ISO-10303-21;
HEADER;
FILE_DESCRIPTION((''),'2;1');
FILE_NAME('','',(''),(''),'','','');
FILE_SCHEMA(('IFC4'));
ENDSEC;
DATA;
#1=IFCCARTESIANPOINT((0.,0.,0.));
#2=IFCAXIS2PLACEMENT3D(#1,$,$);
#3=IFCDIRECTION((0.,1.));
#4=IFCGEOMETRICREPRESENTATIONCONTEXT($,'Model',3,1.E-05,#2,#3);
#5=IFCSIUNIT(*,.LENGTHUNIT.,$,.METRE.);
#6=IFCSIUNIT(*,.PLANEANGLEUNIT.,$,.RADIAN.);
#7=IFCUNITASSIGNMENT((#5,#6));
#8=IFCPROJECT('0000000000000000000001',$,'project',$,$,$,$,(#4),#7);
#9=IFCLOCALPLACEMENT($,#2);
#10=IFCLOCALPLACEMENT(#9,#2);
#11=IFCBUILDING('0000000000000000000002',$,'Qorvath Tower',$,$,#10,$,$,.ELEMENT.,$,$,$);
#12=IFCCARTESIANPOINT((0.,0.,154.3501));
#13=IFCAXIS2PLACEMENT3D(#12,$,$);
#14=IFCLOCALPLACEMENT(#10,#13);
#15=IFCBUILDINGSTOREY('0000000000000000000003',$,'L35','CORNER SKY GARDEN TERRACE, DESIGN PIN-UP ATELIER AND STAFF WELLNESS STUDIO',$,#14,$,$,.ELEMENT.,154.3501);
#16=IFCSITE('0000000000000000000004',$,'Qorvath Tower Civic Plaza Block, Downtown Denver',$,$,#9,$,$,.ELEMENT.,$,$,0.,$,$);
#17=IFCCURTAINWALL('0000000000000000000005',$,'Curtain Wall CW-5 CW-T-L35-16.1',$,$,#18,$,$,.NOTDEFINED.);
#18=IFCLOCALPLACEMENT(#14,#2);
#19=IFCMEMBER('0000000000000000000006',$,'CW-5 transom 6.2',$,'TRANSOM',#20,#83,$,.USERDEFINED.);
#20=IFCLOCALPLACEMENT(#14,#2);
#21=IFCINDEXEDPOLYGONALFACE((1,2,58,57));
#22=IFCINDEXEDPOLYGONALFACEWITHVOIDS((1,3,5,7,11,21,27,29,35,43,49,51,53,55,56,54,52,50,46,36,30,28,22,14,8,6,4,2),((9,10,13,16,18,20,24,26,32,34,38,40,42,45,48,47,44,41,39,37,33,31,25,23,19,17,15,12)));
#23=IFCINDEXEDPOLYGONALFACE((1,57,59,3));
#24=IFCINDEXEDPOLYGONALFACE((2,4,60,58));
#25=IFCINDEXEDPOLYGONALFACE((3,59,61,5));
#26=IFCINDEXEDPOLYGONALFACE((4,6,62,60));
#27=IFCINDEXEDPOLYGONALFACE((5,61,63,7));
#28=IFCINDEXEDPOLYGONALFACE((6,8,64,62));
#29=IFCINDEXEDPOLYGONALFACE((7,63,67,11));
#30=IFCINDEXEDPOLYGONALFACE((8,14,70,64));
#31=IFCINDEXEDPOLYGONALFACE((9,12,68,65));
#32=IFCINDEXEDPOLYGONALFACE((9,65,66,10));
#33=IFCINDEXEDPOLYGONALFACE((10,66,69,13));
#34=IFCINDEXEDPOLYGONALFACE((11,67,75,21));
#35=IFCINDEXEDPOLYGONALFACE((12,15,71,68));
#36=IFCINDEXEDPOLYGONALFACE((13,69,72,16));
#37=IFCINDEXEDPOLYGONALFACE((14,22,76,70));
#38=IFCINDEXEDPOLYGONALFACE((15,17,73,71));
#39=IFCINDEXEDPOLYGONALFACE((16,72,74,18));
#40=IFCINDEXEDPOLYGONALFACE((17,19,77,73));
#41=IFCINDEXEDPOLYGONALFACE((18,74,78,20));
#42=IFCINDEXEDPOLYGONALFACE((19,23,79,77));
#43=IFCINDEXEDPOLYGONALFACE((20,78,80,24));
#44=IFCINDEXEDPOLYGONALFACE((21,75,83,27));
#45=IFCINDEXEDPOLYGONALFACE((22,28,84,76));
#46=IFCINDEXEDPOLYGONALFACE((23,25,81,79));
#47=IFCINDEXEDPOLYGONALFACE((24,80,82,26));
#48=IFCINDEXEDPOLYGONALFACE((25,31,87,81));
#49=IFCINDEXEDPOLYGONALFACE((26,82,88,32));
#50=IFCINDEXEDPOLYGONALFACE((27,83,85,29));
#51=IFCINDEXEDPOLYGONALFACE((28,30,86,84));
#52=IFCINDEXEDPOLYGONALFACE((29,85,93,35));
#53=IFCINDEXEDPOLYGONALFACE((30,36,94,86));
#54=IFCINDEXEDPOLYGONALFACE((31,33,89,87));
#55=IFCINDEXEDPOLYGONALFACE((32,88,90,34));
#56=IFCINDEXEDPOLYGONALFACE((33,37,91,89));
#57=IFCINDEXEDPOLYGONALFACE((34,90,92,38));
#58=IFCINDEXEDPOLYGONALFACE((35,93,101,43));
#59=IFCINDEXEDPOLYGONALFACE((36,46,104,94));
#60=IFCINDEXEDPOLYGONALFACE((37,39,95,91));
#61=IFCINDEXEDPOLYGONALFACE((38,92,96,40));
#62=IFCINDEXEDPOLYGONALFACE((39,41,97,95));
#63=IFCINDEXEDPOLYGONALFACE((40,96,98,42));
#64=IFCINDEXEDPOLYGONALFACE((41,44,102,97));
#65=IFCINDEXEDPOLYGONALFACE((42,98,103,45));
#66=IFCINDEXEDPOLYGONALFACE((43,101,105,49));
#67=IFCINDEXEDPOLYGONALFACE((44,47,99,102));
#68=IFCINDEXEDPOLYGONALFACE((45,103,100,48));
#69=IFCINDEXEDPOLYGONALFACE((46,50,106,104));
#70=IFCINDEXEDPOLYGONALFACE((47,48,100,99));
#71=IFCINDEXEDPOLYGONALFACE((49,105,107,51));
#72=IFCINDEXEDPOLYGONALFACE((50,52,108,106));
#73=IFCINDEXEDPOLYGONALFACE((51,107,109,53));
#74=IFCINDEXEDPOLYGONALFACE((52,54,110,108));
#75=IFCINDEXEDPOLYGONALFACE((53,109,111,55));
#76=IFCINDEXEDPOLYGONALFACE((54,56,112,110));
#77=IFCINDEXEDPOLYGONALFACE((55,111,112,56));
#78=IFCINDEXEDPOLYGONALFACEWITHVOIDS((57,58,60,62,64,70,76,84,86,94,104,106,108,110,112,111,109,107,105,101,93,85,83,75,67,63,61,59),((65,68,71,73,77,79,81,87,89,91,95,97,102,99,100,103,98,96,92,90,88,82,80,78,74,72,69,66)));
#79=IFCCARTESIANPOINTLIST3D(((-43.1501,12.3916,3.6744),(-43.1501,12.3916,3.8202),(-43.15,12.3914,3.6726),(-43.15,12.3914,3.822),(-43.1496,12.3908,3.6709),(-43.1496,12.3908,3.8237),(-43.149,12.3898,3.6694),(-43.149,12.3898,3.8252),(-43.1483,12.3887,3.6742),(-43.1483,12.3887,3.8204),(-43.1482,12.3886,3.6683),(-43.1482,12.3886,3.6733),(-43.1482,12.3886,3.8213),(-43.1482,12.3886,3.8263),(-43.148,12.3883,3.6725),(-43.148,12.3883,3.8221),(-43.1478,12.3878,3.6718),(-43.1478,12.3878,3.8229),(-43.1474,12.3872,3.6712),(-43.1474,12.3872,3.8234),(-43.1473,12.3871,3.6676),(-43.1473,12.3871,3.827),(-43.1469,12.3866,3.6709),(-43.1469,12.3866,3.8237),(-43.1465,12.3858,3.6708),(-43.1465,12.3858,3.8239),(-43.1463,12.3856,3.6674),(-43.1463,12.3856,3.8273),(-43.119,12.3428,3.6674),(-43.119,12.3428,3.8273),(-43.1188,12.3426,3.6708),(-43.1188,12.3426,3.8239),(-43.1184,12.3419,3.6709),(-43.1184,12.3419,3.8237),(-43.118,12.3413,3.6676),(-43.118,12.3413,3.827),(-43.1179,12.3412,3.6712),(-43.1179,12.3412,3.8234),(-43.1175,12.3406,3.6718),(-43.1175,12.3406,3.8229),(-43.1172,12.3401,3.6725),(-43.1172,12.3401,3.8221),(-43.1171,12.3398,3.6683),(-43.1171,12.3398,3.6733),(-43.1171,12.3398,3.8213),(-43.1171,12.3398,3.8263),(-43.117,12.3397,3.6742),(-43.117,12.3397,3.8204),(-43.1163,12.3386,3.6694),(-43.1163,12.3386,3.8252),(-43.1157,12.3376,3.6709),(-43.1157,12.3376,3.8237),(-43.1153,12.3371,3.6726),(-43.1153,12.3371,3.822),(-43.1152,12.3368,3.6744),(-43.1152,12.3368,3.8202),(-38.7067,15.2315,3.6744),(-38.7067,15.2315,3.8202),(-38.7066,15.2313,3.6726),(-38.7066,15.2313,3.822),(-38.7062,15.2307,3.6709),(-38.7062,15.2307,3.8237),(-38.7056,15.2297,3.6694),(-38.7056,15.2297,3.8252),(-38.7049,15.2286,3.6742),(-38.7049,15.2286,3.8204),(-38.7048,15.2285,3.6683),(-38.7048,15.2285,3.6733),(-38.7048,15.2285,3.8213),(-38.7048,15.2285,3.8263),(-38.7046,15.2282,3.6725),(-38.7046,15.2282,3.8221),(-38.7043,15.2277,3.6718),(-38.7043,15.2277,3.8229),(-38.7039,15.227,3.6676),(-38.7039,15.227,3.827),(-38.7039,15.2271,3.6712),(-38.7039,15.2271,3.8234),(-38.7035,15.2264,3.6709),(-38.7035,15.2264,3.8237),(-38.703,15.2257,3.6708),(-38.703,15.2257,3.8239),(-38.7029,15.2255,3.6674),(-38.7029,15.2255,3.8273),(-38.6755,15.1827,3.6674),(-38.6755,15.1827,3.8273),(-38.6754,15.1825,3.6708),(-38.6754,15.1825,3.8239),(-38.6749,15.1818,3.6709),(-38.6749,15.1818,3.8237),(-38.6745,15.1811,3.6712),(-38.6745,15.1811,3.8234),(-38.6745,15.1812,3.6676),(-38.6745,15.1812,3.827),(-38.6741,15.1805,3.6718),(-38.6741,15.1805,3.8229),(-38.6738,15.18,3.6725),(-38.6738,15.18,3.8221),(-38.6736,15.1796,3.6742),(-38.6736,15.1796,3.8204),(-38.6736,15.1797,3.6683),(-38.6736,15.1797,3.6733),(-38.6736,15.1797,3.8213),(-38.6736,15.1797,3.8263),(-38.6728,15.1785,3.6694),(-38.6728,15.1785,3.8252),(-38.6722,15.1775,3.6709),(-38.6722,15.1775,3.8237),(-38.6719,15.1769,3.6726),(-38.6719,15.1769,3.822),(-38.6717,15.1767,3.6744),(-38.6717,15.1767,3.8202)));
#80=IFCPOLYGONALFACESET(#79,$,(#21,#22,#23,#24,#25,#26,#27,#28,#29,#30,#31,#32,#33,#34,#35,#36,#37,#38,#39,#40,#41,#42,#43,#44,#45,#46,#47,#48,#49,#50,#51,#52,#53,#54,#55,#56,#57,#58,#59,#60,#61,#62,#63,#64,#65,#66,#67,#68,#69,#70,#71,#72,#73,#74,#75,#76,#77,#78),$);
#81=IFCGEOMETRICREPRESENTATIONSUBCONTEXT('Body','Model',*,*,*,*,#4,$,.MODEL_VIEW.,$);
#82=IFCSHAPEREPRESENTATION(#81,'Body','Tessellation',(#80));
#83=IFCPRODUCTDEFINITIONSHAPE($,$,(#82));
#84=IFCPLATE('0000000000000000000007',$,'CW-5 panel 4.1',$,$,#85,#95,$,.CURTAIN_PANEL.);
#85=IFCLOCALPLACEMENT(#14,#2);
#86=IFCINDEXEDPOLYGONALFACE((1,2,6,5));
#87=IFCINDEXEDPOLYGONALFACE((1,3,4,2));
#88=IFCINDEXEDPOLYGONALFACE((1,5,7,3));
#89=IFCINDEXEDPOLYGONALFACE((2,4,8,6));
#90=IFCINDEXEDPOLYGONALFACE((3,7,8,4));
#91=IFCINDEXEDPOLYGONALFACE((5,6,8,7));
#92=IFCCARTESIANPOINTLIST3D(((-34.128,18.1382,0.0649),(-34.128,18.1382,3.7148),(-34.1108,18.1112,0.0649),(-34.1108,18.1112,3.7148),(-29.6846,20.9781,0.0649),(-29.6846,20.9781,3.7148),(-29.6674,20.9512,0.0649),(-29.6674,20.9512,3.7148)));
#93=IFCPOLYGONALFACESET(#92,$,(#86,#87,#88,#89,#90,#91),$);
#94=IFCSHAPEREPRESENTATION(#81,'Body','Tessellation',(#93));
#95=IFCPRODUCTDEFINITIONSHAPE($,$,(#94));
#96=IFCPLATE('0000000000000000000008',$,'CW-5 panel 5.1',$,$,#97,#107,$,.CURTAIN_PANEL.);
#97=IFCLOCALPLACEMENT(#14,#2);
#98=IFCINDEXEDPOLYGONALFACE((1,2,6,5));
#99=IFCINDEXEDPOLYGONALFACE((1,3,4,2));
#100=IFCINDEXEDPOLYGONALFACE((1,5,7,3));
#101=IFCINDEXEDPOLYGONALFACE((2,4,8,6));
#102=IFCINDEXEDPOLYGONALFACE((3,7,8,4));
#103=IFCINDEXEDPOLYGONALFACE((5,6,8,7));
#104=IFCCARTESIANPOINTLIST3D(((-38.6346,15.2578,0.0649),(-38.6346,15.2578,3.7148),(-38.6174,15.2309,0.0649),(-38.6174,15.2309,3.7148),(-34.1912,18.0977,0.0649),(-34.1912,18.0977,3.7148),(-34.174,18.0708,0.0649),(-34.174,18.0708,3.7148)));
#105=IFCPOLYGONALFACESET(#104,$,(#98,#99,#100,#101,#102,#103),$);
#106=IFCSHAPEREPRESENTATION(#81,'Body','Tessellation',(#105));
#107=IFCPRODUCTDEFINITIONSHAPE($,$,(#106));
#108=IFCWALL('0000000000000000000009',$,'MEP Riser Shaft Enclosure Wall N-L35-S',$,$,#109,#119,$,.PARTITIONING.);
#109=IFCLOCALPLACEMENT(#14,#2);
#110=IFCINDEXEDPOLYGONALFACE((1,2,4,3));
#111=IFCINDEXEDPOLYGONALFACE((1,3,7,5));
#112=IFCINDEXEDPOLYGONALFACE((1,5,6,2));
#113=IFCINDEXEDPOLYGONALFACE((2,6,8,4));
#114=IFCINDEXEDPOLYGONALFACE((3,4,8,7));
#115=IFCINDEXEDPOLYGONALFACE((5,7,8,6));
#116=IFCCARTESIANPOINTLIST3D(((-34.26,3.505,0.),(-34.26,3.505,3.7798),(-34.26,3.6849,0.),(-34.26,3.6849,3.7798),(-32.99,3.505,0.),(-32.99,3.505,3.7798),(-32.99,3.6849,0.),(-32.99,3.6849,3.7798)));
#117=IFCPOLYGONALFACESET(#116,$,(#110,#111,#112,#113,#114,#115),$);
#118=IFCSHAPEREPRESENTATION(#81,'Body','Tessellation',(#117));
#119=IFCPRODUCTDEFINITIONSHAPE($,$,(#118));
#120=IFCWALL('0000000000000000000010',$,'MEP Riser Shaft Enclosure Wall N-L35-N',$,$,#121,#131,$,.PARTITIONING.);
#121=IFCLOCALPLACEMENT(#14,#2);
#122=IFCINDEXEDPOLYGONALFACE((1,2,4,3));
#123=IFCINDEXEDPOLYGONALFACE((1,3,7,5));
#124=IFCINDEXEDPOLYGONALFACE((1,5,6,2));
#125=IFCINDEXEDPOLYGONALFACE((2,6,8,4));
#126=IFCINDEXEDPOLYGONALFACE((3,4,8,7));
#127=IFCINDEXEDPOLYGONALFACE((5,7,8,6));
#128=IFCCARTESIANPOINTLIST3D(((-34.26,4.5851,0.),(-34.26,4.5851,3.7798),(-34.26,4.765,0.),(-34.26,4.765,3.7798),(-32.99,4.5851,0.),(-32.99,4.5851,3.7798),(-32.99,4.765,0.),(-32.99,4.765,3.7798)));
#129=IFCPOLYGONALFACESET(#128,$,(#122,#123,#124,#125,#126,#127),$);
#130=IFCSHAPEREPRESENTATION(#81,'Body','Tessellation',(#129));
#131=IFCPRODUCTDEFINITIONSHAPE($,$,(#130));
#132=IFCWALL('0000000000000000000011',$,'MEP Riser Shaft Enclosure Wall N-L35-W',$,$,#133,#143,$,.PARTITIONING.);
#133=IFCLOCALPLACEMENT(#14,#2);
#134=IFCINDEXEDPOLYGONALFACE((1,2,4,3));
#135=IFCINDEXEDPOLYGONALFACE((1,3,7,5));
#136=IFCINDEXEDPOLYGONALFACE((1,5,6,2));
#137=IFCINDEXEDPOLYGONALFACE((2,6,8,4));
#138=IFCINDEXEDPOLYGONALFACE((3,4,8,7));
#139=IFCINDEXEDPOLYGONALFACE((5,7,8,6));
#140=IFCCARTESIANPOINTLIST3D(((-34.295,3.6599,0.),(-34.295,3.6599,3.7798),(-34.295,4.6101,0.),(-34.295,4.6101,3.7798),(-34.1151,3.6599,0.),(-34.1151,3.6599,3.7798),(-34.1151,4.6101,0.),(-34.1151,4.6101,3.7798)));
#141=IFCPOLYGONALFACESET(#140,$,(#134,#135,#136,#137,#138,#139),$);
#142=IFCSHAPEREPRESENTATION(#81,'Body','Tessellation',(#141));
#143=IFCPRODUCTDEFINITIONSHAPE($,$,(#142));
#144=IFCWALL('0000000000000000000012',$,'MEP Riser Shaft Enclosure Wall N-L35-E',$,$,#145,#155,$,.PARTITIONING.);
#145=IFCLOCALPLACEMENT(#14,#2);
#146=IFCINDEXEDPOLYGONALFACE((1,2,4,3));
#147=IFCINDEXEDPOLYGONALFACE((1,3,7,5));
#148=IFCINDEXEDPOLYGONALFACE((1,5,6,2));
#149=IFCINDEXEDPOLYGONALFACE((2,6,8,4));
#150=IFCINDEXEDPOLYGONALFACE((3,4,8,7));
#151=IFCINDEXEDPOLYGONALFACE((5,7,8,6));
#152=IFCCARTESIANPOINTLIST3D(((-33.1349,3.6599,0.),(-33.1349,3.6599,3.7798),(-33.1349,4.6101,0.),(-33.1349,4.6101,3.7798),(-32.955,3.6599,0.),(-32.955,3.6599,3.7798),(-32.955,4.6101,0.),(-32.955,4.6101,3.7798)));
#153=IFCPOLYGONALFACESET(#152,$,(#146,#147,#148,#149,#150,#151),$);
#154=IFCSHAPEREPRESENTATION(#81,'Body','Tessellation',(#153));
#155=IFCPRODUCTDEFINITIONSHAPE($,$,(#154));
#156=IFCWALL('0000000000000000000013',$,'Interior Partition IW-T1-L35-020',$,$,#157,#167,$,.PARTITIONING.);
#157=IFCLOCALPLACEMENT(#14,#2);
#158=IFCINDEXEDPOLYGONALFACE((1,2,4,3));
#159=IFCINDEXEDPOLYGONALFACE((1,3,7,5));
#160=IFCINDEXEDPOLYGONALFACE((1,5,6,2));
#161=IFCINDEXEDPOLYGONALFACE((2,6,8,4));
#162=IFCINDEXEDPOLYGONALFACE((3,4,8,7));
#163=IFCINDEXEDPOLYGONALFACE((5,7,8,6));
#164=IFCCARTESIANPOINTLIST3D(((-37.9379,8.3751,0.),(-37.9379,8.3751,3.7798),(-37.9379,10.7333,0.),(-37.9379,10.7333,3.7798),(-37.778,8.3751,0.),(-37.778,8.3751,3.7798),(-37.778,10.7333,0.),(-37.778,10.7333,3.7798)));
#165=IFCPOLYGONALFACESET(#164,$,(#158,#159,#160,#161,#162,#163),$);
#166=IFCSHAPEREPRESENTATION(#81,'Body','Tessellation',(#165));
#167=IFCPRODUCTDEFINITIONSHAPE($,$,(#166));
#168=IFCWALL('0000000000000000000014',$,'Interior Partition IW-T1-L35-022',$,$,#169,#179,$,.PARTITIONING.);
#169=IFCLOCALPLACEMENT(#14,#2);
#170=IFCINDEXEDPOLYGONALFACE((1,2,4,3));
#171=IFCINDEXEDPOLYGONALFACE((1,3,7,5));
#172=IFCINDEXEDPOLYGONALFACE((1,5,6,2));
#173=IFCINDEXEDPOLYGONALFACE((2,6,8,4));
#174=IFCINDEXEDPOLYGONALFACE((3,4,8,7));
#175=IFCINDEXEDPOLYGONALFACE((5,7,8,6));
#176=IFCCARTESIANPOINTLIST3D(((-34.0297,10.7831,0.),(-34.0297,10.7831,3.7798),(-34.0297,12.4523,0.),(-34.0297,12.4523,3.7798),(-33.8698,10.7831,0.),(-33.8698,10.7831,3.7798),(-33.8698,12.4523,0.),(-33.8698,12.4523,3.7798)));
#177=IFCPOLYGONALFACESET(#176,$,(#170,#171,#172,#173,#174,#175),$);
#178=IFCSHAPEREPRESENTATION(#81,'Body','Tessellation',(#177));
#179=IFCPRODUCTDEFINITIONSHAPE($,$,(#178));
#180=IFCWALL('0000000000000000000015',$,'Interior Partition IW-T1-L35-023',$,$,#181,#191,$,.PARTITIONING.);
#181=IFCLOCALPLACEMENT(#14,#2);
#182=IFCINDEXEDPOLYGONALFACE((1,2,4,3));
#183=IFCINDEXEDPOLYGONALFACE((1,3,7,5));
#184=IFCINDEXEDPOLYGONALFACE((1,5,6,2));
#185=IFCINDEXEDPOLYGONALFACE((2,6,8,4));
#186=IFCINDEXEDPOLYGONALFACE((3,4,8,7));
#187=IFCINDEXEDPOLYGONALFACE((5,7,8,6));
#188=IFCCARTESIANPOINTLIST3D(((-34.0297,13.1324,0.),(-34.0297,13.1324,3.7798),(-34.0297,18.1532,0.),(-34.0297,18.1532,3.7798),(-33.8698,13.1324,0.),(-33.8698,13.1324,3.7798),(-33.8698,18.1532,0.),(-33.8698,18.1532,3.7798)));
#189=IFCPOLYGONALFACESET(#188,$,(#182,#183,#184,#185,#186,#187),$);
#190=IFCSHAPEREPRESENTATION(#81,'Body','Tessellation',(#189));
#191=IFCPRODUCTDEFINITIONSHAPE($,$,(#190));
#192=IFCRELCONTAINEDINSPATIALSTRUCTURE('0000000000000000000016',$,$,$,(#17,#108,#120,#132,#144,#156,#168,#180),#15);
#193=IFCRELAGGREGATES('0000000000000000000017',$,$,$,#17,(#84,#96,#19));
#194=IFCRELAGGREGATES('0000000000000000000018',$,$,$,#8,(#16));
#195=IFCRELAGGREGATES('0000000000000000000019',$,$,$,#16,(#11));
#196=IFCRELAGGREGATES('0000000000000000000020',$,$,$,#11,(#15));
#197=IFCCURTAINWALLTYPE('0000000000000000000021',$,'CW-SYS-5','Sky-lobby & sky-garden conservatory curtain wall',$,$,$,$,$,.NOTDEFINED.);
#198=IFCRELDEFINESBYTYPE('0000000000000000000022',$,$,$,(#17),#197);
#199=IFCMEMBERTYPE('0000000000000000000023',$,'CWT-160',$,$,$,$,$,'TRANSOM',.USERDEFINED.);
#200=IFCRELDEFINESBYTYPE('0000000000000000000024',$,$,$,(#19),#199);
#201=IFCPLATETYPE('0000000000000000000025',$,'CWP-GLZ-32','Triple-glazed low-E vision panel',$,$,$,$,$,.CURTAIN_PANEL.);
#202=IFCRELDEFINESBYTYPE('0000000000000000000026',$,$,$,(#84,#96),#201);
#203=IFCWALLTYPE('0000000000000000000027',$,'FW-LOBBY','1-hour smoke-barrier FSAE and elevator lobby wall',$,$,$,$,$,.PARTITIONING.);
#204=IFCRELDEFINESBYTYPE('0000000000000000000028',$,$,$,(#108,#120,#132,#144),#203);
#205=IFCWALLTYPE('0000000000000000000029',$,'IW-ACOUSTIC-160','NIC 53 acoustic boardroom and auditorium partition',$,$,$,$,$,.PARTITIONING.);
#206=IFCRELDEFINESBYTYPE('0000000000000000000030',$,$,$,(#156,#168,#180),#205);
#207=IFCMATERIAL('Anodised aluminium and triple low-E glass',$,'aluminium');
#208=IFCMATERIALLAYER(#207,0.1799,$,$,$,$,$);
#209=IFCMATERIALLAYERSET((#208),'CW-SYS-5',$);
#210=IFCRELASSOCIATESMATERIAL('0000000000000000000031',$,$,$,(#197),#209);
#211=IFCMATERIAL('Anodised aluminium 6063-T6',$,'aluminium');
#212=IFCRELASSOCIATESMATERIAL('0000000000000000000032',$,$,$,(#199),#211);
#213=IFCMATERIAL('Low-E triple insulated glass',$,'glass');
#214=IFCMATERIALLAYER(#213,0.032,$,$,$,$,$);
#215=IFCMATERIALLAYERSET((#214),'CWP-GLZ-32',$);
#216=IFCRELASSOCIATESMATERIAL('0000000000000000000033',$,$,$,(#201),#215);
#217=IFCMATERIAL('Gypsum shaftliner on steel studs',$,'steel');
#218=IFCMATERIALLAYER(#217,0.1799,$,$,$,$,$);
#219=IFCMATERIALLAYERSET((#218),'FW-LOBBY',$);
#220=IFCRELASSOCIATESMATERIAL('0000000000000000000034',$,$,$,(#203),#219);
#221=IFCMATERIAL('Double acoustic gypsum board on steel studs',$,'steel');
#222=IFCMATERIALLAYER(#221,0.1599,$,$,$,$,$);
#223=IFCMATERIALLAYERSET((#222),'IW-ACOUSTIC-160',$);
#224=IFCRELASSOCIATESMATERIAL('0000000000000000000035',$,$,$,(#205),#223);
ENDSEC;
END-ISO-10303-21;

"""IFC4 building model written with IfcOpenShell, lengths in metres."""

from ifc_helpers import new_model, si_unit, direction, frame, frame_2d, origin, origin_2d, place, context, subcontext, project, spatial, rectangle, hollow_rectangle, extrude, material, layer, layer_set, material_profile, profile_set, type_object, element, aggregate, save


model = new_model("IFC4")

# Units and contexts
model_context = context("Model", 3, precision=1e-05, world=origin(), true_north=direction((0.0, 1.0)))
body_context = subcontext(model_context, "Body", "Model", "MODEL_VIEW")
ifc_project = project(units=[si_unit("LENGTHUNIT", "METRE"), si_unit("PLANEANGLEUNIT", "RADIAN")], contexts=[model_context])

# Site, building, storey
site_placement = place(None, origin())
site = spatial("IfcSite", under=ifc_project, at=site_placement, Name="Qorvath Tower Civic Plaza Block, Downtown Denver", CompositionType="ELEMENT", RefElevation=0.0)
building_placement = place(site_placement, origin())
building = spatial("IfcBuilding", under=site, at=building_placement, Name="Qorvath Tower", CompositionType="ELEMENT")
storey_placement = place(building_placement, frame((0.0, 0.0, 154.3501)))
storey = spatial("IfcBuildingStorey", under=building, at=storey_placement, Name="L35", Description="CORNER SKY GARDEN TERRACE, DESIGN PIN-UP ATELIER AND STAFF WELLNESS STUDIO", CompositionType="ELEMENT", Elevation=154.3501)

# Curtain wall, member, plates
ifc_material_1 = material(Name="Anodised aluminium and triple low-E glass", Category="aluminium")
ifc_layer_1 = layer(ifc_material_1, 0.1799)
ifc_layer_set_1 = layer_set([ifc_layer_1], Name="CW-SYS-5")
curtain_wall_type = type_object("IfcCurtainWallType", Name="CW-SYS-5", Description="Sky-lobby & sky-garden conservatory curtain wall", PredefinedType="NOTDEFINED", material=ifc_layer_set_1)
curtain_wall_placement = place(storey_placement, origin())
curtain_wall = element("IfcCurtainWall", 1, at=curtain_wall_placement, inside=storey, type_object=curtain_wall_type, Name="Curtain Wall CW-5 CW-T-L35-16.1", PredefinedType="NOTDEFINED")
ifc_material_2 = material(Name="Anodised aluminium 6063-T6", Category="aluminium")
ifc_material_profile_1 = material_profile(ifc_material_2, hollow_rectangle(XDim=0.0649, YDim=0.1599, WallThickness=0.0034, InnerFilletRadius=0.0034, OuterFilletRadius=0.0071, at=origin_2d()), Name="CWT 160x65")
ifc_profile_set_1 = profile_set([ifc_material_profile_1], Name="Anodised aluminium 6063-T6")
member_type_1 = type_object("IfcMemberType", Name="CWT-160", ElementType="TRANSOM", PredefinedType="USERDEFINED", material=ifc_profile_set_1)
member_1_placement = place(storey_placement, frame((-38.6892, 15.2041, 3.7473), z_axis=(-0.842608, -0.538528, 0.0), x_axis=(0.538528, -0.842608, 0.0)))
member_1 = element("IfcMember", 2, at=member_1_placement, type_object=member_type_1, Name="CW-5 transom 6.2", ObjectType="TRANSOM", PredefinedType="USERDEFINED", context=body_context, shape_type="SweptSolid", body=[
    extrude(hollow_rectangle(XDim=0.0649, YDim=0.1599, WallThickness=0.0034, InnerFilletRadius=0.0034, OuterFilletRadius=0.0071, at=origin_2d()), origin(), (0.0, 0.0, 1.0), 5.2734),
])
ifc_material_3 = material(Name="Low-E triple insulated glass", Category="glass")
ifc_layer_2 = layer(ifc_material_3, 0.032)
ifc_layer_set_2 = layer_set([ifc_layer_2], Name="CWP-GLZ-32")
plate_type = type_object("IfcPlateType", Name="CWP-GLZ-32", Description="Triple-glazed low-E vision panel", PredefinedType="CURTAIN_PANEL", material=ifc_layer_set_2)
plate_1_placement = place(storey_placement, frame((-31.8977, 19.5447, 0.0649), z_axis=(0.0, 0.0, 1.0), x_axis=(-0.842603, -0.538535, 0.0)))
plate_1 = element("IfcPlate", 3, at=plate_1_placement, type_object=plate_type, Name="CW-5 panel 4.1", PredefinedType="CURTAIN_PANEL", context=body_context, shape_type="SweptSolid", body=[
    extrude(rectangle(XDim=5.2734, YDim=0.032, at=origin_2d()), origin(), (0.0, 0.0, 1.0), 3.6499),
])
plate_2_placement = place(storey_placement, frame((-36.4043, 16.6643, 0.0649), z_axis=(0.0, 0.0, 1.0), x_axis=(-0.842603, -0.538535, 0.0)))
plate_2 = element("IfcPlate", 4, at=plate_2_placement, type_object=plate_type, Name="CW-5 panel 5.1", PredefinedType="CURTAIN_PANEL", context=body_context, shape_type="SweptSolid", body=[
    extrude(rectangle(XDim=5.2734, YDim=0.032, at=origin_2d()), origin(), (0.0, 0.0, 1.0), 3.6499),
])
aggregate(curtain_wall, [plate_1, plate_2, member_1])

# Walls
ifc_material_4 = material(Name="Gypsum shaftliner on steel studs", Category="steel")
ifc_layer_3 = layer(ifc_material_4, 0.1799)
ifc_layer_set_3 = layer_set([ifc_layer_3], Name="FW-LOBBY")
wall_type_1 = type_object("IfcWallType", Name="FW-LOBBY", Description="1-hour smoke-barrier FSAE and elevator lobby wall", PredefinedType="PARTITIONING", material=ifc_layer_set_3)
for number, where, z_axis, x_axis, name in (
    (5, (-32.99, 3.595, 0.0), (0.0, 0.0, 1.0), (-1.0, 0.0, 0.0), "MEP Riser Shaft Enclosure Wall N-L35-S"),
    (6, (-34.26, 4.675, 0.0), (0.0, 0.0, 1.0), (1.0, 0.0, 0.0), "MEP Riser Shaft Enclosure Wall N-L35-N"),
):
    element("IfcWall", number, at=place(storey_placement, frame(where, z_axis=z_axis, x_axis=x_axis)), inside=storey, type_object=wall_type_1, Name=name, PredefinedType="PARTITIONING", context=body_context, shape_type="SweptSolid", body=[
        extrude(rectangle(XDim=1.27, YDim=0.1799, at=frame_2d((0.635, 0.0))), origin(), (0.0, 0.0, 1.0), 3.7798),
    ])
for number, where, z_axis, x_axis, name in (
    (7, (-34.2051, 3.6599, 0.0), (0.0, 0.0, 1.0), (0.0, 1.0, 0.0), "MEP Riser Shaft Enclosure Wall N-L35-W"),
    (8, (-33.0449, 4.6101, 0.0), (0.0, 0.0, 1.0), (0.0, -1.0, 0.0), "MEP Riser Shaft Enclosure Wall N-L35-E"),
):
    element("IfcWall", number, at=place(storey_placement, frame(where, z_axis=z_axis, x_axis=x_axis)), inside=storey, type_object=wall_type_1, Name=name, PredefinedType="PARTITIONING", context=body_context, shape_type="SweptSolid", body=[
        extrude(rectangle(XDim=0.9502, YDim=0.1799, at=frame_2d((0.4751, 0.0))), origin(), (0.0, 0.0, 1.0), 3.7798),
    ])
ifc_material_5 = material(Name="Double acoustic gypsum board on steel studs", Category="steel")
ifc_layer_4 = layer(ifc_material_5, 0.1599)
ifc_layer_set_4 = layer_set([ifc_layer_4], Name="IW-ACOUSTIC-160")
wall_type_2 = type_object("IfcWallType", Name="IW-ACOUSTIC-160", Description="NIC 53 acoustic boardroom and auditorium partition", PredefinedType="PARTITIONING", material=ifc_layer_set_4)
wall_1_placement = place(storey_placement, frame((-37.8579, 8.375, 0.0), z_axis=(0.0, 0.0, 1.0), x_axis=(0.0, 1.0, 0.0)))
element("IfcWall", 9, at=wall_1_placement, inside=storey, type_object=wall_type_2, Name="Interior Partition IW-T1-L35-020", PredefinedType="PARTITIONING", context=body_context, shape_type="SweptSolid", body=[
    extrude(rectangle(XDim=2.3582, YDim=0.1599, at=frame_2d((1.1792, 0.0))), origin(), (0.0, 0.0, 1.0), 3.7798),
])

# Walls
wall_2_placement = place(storey_placement, frame((-33.9497, 10.7832, 0.0), z_axis=(0.0, 0.0, 1.0), x_axis=(0.0, 1.0, 0.0)))
element("IfcWall", 10, at=wall_2_placement, inside=storey, type_object=wall_type_2, Name="Interior Partition IW-T1-L35-022", PredefinedType="PARTITIONING", context=body_context, shape_type="SweptSolid", body=[
    extrude(rectangle(XDim=1.6692, YDim=0.1599, at=frame_2d((0.8345, 0.0))), origin(), (0.0, 0.0, 1.0), 3.7798),
])
wall_3_placement = place(storey_placement, frame((-33.9497, 13.1326, 0.0), z_axis=(0.0, 0.0, 1.0), x_axis=(0.0, 1.0, 0.0)))
element("IfcWall", 11, at=wall_3_placement, inside=storey, type_object=wall_type_2, Name="Interior Partition IW-T1-L35-023", PredefinedType="PARTITIONING", context=body_context, shape_type="SweptSolid", body=[
    extrude(rectangle(XDim=5.0208, YDim=0.1599, at=frame_2d((2.5103, 0.0))), origin(), (0.0, 0.0, 1.0), 3.7798),
])

save(model, "model.ifc")
